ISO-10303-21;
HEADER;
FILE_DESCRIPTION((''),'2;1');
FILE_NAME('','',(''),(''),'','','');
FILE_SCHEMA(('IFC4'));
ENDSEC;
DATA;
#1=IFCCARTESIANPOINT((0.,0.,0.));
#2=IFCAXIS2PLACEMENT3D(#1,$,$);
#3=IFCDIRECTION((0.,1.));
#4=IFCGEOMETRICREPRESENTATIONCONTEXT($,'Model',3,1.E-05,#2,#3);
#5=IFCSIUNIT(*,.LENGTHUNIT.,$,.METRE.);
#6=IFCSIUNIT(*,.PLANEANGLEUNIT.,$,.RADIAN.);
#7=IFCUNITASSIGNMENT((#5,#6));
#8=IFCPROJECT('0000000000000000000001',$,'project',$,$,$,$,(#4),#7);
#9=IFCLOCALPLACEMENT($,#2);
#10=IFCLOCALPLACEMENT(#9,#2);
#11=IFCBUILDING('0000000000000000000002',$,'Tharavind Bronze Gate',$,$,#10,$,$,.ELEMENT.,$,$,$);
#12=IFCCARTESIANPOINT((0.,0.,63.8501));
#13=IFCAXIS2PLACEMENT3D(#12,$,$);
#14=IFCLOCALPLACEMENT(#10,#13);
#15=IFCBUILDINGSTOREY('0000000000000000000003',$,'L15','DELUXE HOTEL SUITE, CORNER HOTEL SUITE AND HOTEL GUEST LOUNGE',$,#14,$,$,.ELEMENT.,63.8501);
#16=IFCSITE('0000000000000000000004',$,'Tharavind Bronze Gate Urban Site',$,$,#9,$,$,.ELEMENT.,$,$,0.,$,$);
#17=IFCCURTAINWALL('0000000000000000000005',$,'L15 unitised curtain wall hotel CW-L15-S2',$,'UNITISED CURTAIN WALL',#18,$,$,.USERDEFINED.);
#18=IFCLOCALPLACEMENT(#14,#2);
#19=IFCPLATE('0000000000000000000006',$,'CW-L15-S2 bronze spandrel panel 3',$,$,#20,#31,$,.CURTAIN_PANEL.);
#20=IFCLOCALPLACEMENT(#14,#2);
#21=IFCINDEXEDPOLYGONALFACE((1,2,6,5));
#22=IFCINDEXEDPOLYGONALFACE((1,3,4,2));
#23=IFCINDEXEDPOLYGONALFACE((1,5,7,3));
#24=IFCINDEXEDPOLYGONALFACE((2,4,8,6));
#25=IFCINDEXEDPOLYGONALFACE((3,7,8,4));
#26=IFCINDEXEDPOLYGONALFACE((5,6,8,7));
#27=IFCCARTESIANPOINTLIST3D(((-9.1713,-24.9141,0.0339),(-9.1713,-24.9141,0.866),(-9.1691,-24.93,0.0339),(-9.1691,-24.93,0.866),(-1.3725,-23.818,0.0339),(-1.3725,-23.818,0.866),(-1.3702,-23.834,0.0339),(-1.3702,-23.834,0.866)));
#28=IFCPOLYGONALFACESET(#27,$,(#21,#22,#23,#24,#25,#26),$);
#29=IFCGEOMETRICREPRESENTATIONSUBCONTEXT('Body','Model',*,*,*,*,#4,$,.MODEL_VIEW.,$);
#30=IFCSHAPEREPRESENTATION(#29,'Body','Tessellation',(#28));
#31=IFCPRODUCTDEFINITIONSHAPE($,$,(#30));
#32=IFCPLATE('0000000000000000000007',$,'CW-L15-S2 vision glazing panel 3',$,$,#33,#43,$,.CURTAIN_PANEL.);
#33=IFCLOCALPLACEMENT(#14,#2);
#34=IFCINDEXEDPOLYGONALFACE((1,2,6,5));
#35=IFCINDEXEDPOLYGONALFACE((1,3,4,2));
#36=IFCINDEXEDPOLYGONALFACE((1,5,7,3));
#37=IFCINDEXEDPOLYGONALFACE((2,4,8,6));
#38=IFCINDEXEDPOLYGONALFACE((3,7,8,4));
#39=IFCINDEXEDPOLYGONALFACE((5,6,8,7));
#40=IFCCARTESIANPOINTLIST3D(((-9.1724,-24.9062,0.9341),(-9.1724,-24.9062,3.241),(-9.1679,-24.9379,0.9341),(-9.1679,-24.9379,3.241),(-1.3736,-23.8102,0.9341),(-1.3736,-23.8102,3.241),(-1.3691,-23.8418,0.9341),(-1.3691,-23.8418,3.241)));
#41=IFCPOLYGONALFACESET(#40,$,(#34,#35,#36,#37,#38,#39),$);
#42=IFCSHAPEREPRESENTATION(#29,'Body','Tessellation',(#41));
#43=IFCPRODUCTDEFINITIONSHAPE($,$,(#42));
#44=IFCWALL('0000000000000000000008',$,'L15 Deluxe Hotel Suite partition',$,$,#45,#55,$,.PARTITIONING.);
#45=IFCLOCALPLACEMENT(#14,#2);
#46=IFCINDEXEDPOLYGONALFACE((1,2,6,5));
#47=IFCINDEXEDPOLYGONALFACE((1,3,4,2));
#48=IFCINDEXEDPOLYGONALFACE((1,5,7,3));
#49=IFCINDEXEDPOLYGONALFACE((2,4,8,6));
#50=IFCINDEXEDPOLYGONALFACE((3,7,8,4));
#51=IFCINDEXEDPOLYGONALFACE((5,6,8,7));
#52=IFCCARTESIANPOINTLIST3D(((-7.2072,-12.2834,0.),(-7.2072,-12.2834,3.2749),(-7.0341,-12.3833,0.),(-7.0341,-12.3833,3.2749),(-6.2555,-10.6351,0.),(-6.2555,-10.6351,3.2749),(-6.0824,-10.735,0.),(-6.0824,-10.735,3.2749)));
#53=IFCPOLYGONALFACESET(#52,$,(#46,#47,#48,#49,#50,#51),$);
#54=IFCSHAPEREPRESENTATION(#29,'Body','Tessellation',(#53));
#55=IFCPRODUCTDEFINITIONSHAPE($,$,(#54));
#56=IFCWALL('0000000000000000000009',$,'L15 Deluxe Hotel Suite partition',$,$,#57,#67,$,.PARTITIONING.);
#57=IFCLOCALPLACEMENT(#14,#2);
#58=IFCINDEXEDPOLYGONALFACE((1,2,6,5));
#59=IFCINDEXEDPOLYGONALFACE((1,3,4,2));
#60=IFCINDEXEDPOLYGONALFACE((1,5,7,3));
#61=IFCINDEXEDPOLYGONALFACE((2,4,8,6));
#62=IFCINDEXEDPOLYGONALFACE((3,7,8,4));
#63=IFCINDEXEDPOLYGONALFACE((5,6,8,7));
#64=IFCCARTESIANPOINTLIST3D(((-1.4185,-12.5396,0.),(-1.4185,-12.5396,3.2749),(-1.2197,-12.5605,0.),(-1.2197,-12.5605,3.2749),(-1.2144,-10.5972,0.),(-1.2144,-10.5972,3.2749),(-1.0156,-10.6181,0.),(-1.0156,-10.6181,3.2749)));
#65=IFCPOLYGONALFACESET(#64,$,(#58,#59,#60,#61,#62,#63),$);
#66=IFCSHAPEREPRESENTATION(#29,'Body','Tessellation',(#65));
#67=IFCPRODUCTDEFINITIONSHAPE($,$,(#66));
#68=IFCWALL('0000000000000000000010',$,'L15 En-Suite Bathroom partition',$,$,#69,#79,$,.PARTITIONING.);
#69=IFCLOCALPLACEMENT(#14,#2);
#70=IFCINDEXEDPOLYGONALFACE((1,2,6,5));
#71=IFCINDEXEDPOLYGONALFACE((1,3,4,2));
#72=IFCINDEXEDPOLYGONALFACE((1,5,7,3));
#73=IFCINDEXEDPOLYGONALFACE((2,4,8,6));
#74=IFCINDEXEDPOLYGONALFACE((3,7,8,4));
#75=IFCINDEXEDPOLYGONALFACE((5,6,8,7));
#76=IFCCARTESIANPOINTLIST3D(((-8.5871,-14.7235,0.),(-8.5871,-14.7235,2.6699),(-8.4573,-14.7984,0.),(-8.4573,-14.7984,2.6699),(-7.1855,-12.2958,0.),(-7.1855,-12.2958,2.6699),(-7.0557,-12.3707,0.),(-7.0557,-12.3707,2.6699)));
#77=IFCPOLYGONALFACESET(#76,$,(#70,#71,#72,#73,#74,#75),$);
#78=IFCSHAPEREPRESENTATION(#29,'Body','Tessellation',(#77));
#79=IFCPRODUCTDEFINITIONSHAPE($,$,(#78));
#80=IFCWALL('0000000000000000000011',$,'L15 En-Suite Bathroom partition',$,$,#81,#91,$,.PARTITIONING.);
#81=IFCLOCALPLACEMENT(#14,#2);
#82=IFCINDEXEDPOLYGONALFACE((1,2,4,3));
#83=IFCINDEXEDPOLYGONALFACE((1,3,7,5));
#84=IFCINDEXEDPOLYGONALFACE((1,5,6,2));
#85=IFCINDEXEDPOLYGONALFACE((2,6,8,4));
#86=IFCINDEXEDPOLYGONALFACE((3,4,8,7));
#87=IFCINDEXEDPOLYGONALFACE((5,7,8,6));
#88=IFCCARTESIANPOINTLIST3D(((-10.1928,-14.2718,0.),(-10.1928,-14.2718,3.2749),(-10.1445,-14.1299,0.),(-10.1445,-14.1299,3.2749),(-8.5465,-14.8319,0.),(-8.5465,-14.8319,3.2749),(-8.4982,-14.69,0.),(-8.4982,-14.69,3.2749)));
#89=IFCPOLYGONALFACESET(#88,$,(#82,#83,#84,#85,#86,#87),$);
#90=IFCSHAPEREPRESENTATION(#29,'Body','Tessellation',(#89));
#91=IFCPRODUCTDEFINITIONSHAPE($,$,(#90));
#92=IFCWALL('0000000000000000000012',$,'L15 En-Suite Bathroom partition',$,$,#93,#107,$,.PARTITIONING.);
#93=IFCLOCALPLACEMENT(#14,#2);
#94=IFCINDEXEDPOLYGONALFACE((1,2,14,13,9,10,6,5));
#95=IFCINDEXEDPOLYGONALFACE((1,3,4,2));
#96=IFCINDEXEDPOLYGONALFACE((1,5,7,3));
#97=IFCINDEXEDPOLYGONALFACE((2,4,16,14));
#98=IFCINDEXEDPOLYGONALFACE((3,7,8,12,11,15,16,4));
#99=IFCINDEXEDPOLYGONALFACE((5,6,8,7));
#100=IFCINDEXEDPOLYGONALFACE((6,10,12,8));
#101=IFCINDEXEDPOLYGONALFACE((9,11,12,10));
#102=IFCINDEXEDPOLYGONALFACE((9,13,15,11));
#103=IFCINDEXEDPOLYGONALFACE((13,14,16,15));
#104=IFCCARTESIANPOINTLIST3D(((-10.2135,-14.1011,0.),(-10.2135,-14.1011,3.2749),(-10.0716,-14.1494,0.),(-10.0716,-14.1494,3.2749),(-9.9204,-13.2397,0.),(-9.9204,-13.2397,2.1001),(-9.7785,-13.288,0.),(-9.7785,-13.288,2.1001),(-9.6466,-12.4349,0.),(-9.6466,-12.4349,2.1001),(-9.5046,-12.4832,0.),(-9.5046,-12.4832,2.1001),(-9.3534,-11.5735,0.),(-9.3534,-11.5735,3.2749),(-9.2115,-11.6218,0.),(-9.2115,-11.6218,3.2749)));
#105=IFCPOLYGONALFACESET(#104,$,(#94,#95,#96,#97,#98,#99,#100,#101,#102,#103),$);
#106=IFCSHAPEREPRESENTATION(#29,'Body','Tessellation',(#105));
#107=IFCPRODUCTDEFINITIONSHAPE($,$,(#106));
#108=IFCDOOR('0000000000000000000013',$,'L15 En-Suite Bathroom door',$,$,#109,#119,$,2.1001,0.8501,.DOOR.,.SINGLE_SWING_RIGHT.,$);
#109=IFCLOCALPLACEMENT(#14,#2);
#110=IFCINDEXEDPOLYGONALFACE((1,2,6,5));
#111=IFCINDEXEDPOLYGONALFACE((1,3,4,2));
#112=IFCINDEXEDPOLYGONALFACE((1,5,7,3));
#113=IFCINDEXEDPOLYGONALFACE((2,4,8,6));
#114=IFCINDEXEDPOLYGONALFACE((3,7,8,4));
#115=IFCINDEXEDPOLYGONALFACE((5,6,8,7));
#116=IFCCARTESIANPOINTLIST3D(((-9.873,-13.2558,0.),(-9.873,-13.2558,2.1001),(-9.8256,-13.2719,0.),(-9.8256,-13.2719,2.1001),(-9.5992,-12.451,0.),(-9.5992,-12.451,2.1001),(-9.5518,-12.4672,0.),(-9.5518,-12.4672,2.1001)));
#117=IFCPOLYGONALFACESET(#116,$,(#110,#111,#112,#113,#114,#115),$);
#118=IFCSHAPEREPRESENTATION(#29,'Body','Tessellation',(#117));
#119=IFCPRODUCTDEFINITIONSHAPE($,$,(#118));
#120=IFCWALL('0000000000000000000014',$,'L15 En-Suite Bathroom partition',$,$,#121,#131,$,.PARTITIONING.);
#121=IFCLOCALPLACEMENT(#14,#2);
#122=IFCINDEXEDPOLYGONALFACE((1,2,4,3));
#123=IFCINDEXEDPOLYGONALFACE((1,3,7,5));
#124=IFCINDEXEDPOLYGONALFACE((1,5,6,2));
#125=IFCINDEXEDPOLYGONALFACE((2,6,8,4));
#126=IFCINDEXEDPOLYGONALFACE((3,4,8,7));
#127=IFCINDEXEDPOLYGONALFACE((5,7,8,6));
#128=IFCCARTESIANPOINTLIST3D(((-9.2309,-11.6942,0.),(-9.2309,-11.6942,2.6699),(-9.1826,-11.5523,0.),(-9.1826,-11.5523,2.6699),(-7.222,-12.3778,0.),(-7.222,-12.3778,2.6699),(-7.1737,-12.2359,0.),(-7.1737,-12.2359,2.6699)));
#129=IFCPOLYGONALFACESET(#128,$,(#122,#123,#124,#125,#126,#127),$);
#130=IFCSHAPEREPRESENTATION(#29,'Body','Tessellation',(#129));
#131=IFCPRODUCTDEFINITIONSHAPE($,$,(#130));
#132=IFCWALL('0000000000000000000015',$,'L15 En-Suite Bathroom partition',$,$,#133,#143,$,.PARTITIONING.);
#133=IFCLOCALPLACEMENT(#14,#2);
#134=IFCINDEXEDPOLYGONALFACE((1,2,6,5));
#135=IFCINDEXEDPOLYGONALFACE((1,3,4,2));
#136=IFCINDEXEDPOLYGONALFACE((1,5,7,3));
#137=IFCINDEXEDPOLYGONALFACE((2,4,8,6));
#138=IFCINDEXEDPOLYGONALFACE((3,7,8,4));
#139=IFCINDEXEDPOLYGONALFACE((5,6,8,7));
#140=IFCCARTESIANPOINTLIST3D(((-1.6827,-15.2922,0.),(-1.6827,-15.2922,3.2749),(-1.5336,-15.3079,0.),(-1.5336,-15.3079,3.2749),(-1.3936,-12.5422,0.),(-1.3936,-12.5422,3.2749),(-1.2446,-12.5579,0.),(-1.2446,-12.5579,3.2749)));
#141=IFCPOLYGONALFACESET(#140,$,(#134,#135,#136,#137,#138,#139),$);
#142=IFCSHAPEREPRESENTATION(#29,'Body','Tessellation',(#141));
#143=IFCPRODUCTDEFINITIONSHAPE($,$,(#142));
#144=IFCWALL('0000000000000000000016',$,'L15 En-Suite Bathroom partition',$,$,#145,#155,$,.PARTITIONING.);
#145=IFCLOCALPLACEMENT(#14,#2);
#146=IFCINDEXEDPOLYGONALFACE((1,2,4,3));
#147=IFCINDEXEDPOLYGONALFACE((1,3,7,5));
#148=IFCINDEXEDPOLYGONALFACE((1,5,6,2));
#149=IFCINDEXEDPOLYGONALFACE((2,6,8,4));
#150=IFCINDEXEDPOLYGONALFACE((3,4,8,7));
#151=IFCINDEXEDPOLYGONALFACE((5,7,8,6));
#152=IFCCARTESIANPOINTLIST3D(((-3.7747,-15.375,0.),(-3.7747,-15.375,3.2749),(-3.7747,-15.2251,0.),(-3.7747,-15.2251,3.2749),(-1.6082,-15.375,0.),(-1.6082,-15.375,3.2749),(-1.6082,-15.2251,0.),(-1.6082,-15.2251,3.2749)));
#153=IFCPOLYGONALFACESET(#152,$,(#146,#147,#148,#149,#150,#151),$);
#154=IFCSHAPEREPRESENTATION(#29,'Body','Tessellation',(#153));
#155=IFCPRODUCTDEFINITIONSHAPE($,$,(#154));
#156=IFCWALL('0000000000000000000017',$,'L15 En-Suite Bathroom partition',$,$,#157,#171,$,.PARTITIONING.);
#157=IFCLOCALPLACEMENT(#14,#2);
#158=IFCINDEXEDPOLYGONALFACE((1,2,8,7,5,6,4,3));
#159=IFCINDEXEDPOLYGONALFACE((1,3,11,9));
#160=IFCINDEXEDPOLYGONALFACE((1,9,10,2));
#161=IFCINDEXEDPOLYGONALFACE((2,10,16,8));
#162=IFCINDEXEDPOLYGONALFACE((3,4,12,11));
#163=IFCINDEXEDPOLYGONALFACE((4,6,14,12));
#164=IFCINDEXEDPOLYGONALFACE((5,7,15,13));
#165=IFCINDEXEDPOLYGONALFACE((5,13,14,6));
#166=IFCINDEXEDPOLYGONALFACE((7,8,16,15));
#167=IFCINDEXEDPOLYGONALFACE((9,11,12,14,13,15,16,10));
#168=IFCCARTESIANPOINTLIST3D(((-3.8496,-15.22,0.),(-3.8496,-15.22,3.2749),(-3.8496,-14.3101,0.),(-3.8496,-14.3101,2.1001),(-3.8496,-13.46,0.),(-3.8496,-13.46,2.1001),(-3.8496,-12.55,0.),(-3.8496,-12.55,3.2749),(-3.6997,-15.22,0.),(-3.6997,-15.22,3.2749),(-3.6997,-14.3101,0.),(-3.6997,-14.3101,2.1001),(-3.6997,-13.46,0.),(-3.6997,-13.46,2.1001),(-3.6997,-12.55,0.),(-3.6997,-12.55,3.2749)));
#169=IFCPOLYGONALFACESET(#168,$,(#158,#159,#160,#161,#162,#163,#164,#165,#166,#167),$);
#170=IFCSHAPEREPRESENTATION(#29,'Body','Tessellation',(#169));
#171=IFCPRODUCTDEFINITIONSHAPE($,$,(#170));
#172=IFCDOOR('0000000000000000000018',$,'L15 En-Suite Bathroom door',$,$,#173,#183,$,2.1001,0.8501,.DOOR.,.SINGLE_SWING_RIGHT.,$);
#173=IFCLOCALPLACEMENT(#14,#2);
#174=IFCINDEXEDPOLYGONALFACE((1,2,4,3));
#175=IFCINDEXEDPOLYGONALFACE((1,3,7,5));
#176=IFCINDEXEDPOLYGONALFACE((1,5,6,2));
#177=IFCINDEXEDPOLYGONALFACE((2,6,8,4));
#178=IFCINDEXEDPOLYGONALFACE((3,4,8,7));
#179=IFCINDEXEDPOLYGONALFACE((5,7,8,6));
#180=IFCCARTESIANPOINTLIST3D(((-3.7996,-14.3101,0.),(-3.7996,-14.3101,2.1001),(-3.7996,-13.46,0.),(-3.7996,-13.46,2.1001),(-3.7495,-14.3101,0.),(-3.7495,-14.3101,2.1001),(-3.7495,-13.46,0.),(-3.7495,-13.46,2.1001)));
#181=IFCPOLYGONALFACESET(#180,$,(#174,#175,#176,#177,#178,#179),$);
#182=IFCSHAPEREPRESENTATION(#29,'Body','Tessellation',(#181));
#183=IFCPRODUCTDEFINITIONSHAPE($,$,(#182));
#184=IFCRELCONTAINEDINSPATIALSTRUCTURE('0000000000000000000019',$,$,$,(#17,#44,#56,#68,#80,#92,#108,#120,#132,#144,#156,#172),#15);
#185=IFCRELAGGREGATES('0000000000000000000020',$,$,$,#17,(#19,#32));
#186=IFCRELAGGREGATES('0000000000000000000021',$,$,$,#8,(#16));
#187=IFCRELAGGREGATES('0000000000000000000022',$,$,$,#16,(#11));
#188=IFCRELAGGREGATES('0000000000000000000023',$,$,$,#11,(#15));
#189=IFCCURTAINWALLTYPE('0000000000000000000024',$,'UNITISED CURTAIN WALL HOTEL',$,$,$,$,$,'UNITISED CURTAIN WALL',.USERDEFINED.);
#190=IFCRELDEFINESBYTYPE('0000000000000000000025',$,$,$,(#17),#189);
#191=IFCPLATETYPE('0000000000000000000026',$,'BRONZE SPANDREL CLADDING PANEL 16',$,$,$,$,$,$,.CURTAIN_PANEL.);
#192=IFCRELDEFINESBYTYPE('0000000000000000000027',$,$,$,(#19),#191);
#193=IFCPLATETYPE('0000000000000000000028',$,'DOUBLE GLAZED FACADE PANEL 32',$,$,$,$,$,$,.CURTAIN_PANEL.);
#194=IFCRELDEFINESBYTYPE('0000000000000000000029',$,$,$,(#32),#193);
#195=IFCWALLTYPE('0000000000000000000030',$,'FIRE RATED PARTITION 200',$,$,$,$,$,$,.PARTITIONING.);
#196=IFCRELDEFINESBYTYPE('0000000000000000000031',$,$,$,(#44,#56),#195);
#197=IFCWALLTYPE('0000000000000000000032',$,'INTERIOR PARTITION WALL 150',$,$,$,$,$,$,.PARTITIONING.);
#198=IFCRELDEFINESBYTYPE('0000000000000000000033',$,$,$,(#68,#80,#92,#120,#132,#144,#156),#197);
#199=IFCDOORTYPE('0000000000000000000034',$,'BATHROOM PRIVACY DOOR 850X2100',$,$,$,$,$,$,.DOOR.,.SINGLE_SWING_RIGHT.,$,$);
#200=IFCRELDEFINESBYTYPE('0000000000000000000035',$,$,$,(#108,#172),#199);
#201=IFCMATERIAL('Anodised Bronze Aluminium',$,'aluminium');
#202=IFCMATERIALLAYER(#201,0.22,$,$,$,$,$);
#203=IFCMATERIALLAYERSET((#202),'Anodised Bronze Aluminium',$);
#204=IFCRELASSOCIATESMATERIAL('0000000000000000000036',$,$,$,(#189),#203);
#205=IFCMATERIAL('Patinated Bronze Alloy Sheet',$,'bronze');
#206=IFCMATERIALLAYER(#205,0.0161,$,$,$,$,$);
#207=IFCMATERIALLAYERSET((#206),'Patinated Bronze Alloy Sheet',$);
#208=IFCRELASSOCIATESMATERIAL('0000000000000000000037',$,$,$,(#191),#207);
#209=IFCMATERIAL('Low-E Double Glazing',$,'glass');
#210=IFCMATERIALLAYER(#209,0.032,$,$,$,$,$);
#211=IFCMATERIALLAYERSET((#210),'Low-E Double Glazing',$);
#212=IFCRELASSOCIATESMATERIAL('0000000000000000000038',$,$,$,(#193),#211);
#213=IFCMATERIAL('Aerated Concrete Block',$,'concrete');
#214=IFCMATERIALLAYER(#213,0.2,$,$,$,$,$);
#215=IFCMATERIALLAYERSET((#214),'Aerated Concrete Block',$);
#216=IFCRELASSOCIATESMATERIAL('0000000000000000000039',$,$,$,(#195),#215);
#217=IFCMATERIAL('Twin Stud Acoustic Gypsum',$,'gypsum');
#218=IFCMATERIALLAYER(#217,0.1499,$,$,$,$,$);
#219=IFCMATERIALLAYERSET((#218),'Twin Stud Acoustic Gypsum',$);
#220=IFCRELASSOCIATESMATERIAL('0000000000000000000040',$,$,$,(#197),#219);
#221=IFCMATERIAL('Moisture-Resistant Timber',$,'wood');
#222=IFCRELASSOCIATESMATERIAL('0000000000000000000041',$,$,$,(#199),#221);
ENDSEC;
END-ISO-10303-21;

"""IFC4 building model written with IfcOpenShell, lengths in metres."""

from ifc_helpers import new_model, si_unit, direction, frame, frame_2d, origin, origin_2d, place, context, subcontext, project, spatial, rectangle, extrude, material, layer, layer_set, type_object, element, fill, aggregate, save


model = new_model("IFC4")

# Units and contexts
model_context = context("Model", 3, precision=1e-05, world=origin(), true_north=direction((0.0, 1.0)))
body_context = subcontext(model_context, "Body", "Model", "MODEL_VIEW")
ifc_project = project(units=[si_unit("LENGTHUNIT", "METRE"), si_unit("PLANEANGLEUNIT", "RADIAN")], contexts=[model_context])

# Site, building, storey
site_placement = place(None, origin())
site = spatial("IfcSite", under=ifc_project, at=site_placement, Name="Tharavind Bronze Gate Urban Site", CompositionType="ELEMENT", RefElevation=0.0)
building_placement = place(site_placement, origin())
building = spatial("IfcBuilding", under=site, at=building_placement, Name="Tharavind Bronze Gate", CompositionType="ELEMENT")
storey_placement = place(building_placement, frame((0.0, 0.0, 63.8501)))
storey = spatial("IfcBuildingStorey", under=building, at=storey_placement, Name="L15", Description="DELUXE HOTEL SUITE, CORNER HOTEL SUITE AND HOTEL GUEST LOUNGE", CompositionType="ELEMENT", Elevation=63.8501)

# Curtain wall
ifc_material_1 = material(Name="Anodised Bronze Aluminium", Category="aluminium")
ifc_layer_1 = layer(ifc_material_1, 0.22)
ifc_layer_set_1 = layer_set([ifc_layer_1], Name="Anodised Bronze Aluminium")
curtain_wall_type = type_object("IfcCurtainWallType", Name="UNITISED CURTAIN WALL HOTEL", ElementType="UNITISED CURTAIN WALL", PredefinedType="USERDEFINED", material=ifc_layer_set_1)
curtain_wall_placement = place(storey_placement, origin())
curtain_wall = element("IfcCurtainWall", 1, at=curtain_wall_placement, inside=storey, type_object=curtain_wall_type, Name="L15 unitised curtain wall hotel CW-L15-S2", ObjectType="UNITISED CURTAIN WALL", PredefinedType="USERDEFINED")

# Plates
ifc_material_2 = material(Name="Patinated Bronze Alloy Sheet", Category="bronze")
ifc_layer_2 = layer(ifc_material_2, 0.0161)
ifc_layer_set_2 = layer_set([ifc_layer_2], Name="Patinated Bronze Alloy Sheet")
plate_type_1 = type_object("IfcPlateType", Name="BRONZE SPANDREL CLADDING PANEL 16", PredefinedType="CURTAIN_PANEL", material=ifc_layer_set_2)
plate_1_placement = place(storey_placement, frame((-5.2708, -24.374, 0.0339), z_axis=(0.0, 0.0, 1.0), x_axis=(0.990268, 0.139173, 0.0)))
plate_1 = element("IfcPlate", 2, at=plate_1_placement, type_object=plate_type_1, Name="CW-L15-S2 bronze spandrel panel 3", PredefinedType="CURTAIN_PANEL", context=body_context, shape_type="SweptSolid", body=[
    extrude(rectangle(XDim=7.8755, YDim=0.0161, at=origin_2d()), origin(), (0.0, 0.0, 1.0), 0.832),
])
ifc_material_3 = material(Name="Low-E Double Glazing", Category="glass")
ifc_layer_3 = layer(ifc_material_3, 0.032)
ifc_layer_set_3 = layer_set([ifc_layer_3], Name="Low-E Double Glazing")
plate_type_2 = type_object("IfcPlateType", Name="DOUBLE GLAZED FACADE PANEL 32", PredefinedType="CURTAIN_PANEL", material=ifc_layer_set_3)
plate_2_placement = place(storey_placement, frame((-5.2708, -24.374, 0.9341), z_axis=(0.0, 0.0, 1.0), x_axis=(0.990268, 0.139173, 0.0)))
plate_2 = element("IfcPlate", 3, at=plate_2_placement, type_object=plate_type_2, Name="CW-L15-S2 vision glazing panel 3", PredefinedType="CURTAIN_PANEL", context=body_context, shape_type="SweptSolid", body=[
    extrude(rectangle(XDim=7.8755, YDim=0.032, at=origin_2d()), origin(), (0.0, 0.0, 1.0), 2.3069),
])
aggregate(curtain_wall, [plate_1, plate_2])

# Shared definitions
ifc_material_4 = material(Name="Aerated Concrete Block", Category="concrete")
ifc_layer_4 = layer(ifc_material_4, 0.2)
ifc_layer_set_4 = layer_set([ifc_layer_4], Name="Aerated Concrete Block")
wall_type_1 = type_object("IfcWallType", Name="FIRE RATED PARTITION 200", PredefinedType="PARTITIONING", material=ifc_layer_set_4)

# Walls
wall_1_placement = place(storey_placement, frame((-6.1689, -10.6851, 0.0), z_axis=(0.0, 0.0, 1.0), x_axis=(-0.50003, -0.866008, 0.0)))
element("IfcWall", 4, at=wall_1_placement, inside=storey, type_object=wall_type_1, Name="L15 Deluxe Hotel Suite partition", PredefinedType="PARTITIONING", context=body_context, shape_type="SweptSolid", body=[
    extrude(rectangle(XDim=1.9033, YDim=0.2, at=frame_2d((0.9517, 0.0))), origin(), (0.0, 0.0, 1.0), 3.2749),
])
wall_2_placement = place(storey_placement, frame((-1.115, -10.6077, 0.0), z_axis=(0.0, 0.0, 1.0), x_axis=(-0.104503, -0.994525, 0.0)))
element("IfcWall", 5, at=wall_2_placement, inside=storey, type_object=wall_type_1, Name="L15 Deluxe Hotel Suite partition", PredefinedType="PARTITIONING", context=body_context, shape_type="SweptSolid", body=[
    extrude(rectangle(XDim=1.9531, YDim=0.2, at=frame_2d((0.9766, 0.0))), origin(), (0.0, 0.0, 1.0), 3.2749),
])
ifc_material_5 = material(Name="Twin Stud Acoustic Gypsum", Category="gypsum")
ifc_layer_5 = layer(ifc_material_5, 0.1499)
ifc_layer_set_5 = layer_set([ifc_layer_5], Name="Twin Stud Acoustic Gypsum")
wall_type_2 = type_object("IfcWallType", Name="INTERIOR PARTITION WALL 150", PredefinedType="PARTITIONING", material=ifc_layer_set_5)
wall_3_placement = place(storey_placement, frame((-7.1206, -12.3333, 0.0), z_axis=(0.0, 0.0, 1.0), x_axis=(-0.499989, -0.866032, 0.0)))
element("IfcWall", 6, at=wall_3_placement, inside=storey, type_object=wall_type_2, Name="L15 En-Suite Bathroom partition", PredefinedType="PARTITIONING", context=body_context, shape_type="SweptSolid", body=[
    extrude(rectangle(XDim=2.8032, YDim=0.1499, at=frame_2d((1.4016, 0.0))), origin(), (0.0, 0.0, 1.0), 2.6699),
])
wall_4_placement = place(storey_placement, frame((-8.5222, -14.761, 0.0), z_axis=(0.0, 0.0, 1.0), x_axis=(-0.946714, 0.322076, 0.0)))
element("IfcWall", 7, at=wall_4_placement, inside=storey, type_object=wall_type_2, Name="L15 En-Suite Bathroom partition", PredefinedType="PARTITIONING", context=body_context, shape_type="SweptSolid", body=[
    extrude(rectangle(XDim=1.739, YDim=0.1499, at=frame_2d((0.8696, 0.0))), origin(), (0.0, 0.0, 1.0), 3.2749),
])

# Wall, opening, door
wall_5_placement = place(storey_placement, frame((-10.1426, -14.1252, 0.0), z_axis=(0.0, 0.0, 1.0), x_axis=(0.322147, 0.94669, 0.0)))
wall_5 = element("IfcWall", 8, at=wall_5_placement, inside=storey, type_object=wall_type_2, Name="L15 En-Suite Bathroom partition", PredefinedType="PARTITIONING", context=body_context, shape_type="SweptSolid", body=[
    extrude(rectangle(XDim=2.6699, YDim=0.1499, at=frame_2d((1.335, 0.0))), origin(), (0.0, 0.0, 1.0), 3.2749),
])
opening_1_placement = place(wall_5_placement, frame((0.9099, 0.0, 0.0)))
opening_1 = element("IfcOpeningElement", 9, at=opening_1_placement, cuts=wall_5, PredefinedType="OPENING", context=body_context, shape_type="SweptSolid", body=[
    extrude(rectangle(XDim=0.8501, YDim=2.1001, at=frame_2d((0.425, 1.05))), frame((0.0, 0.085, 0.0), z_axis=(0.0, -1.0, 0.0), x_axis=(1.0, 0.0, 0.0)), (0.0, 0.0, 1.0), 0.1699),
])
ifc_material_6 = material(Name="Moisture-Resistant Timber", Category="wood")
door_type_1 = type_object("IfcDoorType", Name="BATHROOM PRIVACY DOOR 850X2100", OperationType="SINGLE_SWING_RIGHT", PredefinedType="DOOR", material=ifc_material_6)
door_1_placement = place(opening_1_placement, origin())
door_1 = element("IfcDoor", 10, at=door_1_placement, inside=storey, type_object=door_type_1, Name="L15 En-Suite Bathroom door", OperationType="SINGLE_SWING_RIGHT", OverallHeight=2.1001, OverallWidth=0.8501, PredefinedType="DOOR", context=body_context, shape_type="SweptSolid", body=[
    extrude(rectangle(XDim=0.8501, YDim=2.1001, at=frame_2d((0.425, 1.05))), frame((0.0, 0.0249, 0.0), z_axis=(0.0, -1.0, 0.0), x_axis=(1.0, 0.0, 0.0)), (0.0, 0.0, 1.0), 0.05),
])
fill(opening_1, door_1)

# Walls
wall_6_placement = place(storey_placement, frame((-9.2068, -11.6233, 0.0), z_axis=(0.0, 0.0, 1.0), x_axis=(0.946698, -0.322123, 0.0)))
element("IfcWall", 11, at=wall_6_placement, inside=storey, type_object=wall_type_2, Name="L15 En-Suite Bathroom partition", PredefinedType="PARTITIONING", context=body_context, shape_type="SweptSolid", body=[
    extrude(rectangle(XDim=2.1221, YDim=0.1499, at=frame_2d((1.061, 0.0))), origin(), (0.0, 0.0, 1.0), 2.6699),
])
wall_7_placement = place(storey_placement, frame((-1.3191, -12.55, 0.0), z_axis=(0.0, 0.0, 1.0), x_axis=(-0.104538, -0.994521, 0.0)))
element("IfcWall", 12, at=wall_7_placement, inside=storey, type_object=wall_type_2, Name="L15 En-Suite Bathroom partition", PredefinedType="PARTITIONING", context=body_context, shape_type="SweptSolid", body=[
    extrude(rectangle(XDim=2.7651, YDim=0.1499, at=frame_2d((1.3826, 0.0))), origin(), (0.0, 0.0, 1.0), 3.2749),
])
wall_8_placement = place(storey_placement, frame((-1.6082, -15.3, 0.0), z_axis=(0.0, 0.0, 1.0), x_axis=(-1.0, 0.0, 0.0)))
element("IfcWall", 13, at=wall_8_placement, inside=storey, type_object=wall_type_2, Name="L15 En-Suite Bathroom partition", PredefinedType="PARTITIONING", context=body_context, shape_type="SweptSolid", body=[
    extrude(rectangle(XDim=2.1665, YDim=0.1499, at=frame_2d((1.0833, 0.0))), origin(), (0.0, 0.0, 1.0), 3.2749),
])

# Wall, opening, door
wall_9_placement = place(storey_placement, frame((-3.7747, -15.22, 0.0), z_axis=(0.0, 0.0, 1.0), x_axis=(0.0, 1.0, 0.0)))
wall_9 = element("IfcWall", 14, at=wall_9_placement, inside=storey, type_object=wall_type_2, Name="L15 En-Suite Bathroom partition", PredefinedType="PARTITIONING", context=body_context, shape_type="SweptSolid", body=[
    extrude(rectangle(XDim=2.6699, YDim=0.1499, at=frame_2d((1.335, 0.0))), origin(), (0.0, 0.0, 1.0), 3.2749),
])
opening_2_placement = place(wall_9_placement, frame((0.9099, 0.0, 0.0)))
opening_2 = element("IfcOpeningElement", 15, at=opening_2_placement, cuts=wall_9, PredefinedType="OPENING", context=body_context, shape_type="SweptSolid", body=[
    extrude(rectangle(XDim=0.8501, YDim=2.1001, at=frame_2d((0.425, 1.05))), frame((0.0, 0.085, 0.0), z_axis=(0.0, -1.0, 0.0), x_axis=(1.0, 0.0, 0.0)), (0.0, 0.0, 1.0), 0.1699),
])
door_2_placement = place(opening_2_placement, origin())
door_2 = element("IfcDoor", 16, at=door_2_placement, inside=storey, type_object=door_type_1, Name="L15 En-Suite Bathroom door", OperationType="SINGLE_SWING_RIGHT", OverallHeight=2.1001, OverallWidth=0.8501, PredefinedType="DOOR", context=body_context, shape_type="SweptSolid", body=[
    extrude(rectangle(XDim=0.8501, YDim=2.1001, at=frame_2d((0.425, 1.05))), frame((0.0, 0.0249, 0.0), z_axis=(0.0, -1.0, 0.0), x_axis=(1.0, 0.0, 0.0)), (0.0, 0.0, 1.0), 0.05),
])
fill(opening_2, door_2)

save(model, "model.ifc")
